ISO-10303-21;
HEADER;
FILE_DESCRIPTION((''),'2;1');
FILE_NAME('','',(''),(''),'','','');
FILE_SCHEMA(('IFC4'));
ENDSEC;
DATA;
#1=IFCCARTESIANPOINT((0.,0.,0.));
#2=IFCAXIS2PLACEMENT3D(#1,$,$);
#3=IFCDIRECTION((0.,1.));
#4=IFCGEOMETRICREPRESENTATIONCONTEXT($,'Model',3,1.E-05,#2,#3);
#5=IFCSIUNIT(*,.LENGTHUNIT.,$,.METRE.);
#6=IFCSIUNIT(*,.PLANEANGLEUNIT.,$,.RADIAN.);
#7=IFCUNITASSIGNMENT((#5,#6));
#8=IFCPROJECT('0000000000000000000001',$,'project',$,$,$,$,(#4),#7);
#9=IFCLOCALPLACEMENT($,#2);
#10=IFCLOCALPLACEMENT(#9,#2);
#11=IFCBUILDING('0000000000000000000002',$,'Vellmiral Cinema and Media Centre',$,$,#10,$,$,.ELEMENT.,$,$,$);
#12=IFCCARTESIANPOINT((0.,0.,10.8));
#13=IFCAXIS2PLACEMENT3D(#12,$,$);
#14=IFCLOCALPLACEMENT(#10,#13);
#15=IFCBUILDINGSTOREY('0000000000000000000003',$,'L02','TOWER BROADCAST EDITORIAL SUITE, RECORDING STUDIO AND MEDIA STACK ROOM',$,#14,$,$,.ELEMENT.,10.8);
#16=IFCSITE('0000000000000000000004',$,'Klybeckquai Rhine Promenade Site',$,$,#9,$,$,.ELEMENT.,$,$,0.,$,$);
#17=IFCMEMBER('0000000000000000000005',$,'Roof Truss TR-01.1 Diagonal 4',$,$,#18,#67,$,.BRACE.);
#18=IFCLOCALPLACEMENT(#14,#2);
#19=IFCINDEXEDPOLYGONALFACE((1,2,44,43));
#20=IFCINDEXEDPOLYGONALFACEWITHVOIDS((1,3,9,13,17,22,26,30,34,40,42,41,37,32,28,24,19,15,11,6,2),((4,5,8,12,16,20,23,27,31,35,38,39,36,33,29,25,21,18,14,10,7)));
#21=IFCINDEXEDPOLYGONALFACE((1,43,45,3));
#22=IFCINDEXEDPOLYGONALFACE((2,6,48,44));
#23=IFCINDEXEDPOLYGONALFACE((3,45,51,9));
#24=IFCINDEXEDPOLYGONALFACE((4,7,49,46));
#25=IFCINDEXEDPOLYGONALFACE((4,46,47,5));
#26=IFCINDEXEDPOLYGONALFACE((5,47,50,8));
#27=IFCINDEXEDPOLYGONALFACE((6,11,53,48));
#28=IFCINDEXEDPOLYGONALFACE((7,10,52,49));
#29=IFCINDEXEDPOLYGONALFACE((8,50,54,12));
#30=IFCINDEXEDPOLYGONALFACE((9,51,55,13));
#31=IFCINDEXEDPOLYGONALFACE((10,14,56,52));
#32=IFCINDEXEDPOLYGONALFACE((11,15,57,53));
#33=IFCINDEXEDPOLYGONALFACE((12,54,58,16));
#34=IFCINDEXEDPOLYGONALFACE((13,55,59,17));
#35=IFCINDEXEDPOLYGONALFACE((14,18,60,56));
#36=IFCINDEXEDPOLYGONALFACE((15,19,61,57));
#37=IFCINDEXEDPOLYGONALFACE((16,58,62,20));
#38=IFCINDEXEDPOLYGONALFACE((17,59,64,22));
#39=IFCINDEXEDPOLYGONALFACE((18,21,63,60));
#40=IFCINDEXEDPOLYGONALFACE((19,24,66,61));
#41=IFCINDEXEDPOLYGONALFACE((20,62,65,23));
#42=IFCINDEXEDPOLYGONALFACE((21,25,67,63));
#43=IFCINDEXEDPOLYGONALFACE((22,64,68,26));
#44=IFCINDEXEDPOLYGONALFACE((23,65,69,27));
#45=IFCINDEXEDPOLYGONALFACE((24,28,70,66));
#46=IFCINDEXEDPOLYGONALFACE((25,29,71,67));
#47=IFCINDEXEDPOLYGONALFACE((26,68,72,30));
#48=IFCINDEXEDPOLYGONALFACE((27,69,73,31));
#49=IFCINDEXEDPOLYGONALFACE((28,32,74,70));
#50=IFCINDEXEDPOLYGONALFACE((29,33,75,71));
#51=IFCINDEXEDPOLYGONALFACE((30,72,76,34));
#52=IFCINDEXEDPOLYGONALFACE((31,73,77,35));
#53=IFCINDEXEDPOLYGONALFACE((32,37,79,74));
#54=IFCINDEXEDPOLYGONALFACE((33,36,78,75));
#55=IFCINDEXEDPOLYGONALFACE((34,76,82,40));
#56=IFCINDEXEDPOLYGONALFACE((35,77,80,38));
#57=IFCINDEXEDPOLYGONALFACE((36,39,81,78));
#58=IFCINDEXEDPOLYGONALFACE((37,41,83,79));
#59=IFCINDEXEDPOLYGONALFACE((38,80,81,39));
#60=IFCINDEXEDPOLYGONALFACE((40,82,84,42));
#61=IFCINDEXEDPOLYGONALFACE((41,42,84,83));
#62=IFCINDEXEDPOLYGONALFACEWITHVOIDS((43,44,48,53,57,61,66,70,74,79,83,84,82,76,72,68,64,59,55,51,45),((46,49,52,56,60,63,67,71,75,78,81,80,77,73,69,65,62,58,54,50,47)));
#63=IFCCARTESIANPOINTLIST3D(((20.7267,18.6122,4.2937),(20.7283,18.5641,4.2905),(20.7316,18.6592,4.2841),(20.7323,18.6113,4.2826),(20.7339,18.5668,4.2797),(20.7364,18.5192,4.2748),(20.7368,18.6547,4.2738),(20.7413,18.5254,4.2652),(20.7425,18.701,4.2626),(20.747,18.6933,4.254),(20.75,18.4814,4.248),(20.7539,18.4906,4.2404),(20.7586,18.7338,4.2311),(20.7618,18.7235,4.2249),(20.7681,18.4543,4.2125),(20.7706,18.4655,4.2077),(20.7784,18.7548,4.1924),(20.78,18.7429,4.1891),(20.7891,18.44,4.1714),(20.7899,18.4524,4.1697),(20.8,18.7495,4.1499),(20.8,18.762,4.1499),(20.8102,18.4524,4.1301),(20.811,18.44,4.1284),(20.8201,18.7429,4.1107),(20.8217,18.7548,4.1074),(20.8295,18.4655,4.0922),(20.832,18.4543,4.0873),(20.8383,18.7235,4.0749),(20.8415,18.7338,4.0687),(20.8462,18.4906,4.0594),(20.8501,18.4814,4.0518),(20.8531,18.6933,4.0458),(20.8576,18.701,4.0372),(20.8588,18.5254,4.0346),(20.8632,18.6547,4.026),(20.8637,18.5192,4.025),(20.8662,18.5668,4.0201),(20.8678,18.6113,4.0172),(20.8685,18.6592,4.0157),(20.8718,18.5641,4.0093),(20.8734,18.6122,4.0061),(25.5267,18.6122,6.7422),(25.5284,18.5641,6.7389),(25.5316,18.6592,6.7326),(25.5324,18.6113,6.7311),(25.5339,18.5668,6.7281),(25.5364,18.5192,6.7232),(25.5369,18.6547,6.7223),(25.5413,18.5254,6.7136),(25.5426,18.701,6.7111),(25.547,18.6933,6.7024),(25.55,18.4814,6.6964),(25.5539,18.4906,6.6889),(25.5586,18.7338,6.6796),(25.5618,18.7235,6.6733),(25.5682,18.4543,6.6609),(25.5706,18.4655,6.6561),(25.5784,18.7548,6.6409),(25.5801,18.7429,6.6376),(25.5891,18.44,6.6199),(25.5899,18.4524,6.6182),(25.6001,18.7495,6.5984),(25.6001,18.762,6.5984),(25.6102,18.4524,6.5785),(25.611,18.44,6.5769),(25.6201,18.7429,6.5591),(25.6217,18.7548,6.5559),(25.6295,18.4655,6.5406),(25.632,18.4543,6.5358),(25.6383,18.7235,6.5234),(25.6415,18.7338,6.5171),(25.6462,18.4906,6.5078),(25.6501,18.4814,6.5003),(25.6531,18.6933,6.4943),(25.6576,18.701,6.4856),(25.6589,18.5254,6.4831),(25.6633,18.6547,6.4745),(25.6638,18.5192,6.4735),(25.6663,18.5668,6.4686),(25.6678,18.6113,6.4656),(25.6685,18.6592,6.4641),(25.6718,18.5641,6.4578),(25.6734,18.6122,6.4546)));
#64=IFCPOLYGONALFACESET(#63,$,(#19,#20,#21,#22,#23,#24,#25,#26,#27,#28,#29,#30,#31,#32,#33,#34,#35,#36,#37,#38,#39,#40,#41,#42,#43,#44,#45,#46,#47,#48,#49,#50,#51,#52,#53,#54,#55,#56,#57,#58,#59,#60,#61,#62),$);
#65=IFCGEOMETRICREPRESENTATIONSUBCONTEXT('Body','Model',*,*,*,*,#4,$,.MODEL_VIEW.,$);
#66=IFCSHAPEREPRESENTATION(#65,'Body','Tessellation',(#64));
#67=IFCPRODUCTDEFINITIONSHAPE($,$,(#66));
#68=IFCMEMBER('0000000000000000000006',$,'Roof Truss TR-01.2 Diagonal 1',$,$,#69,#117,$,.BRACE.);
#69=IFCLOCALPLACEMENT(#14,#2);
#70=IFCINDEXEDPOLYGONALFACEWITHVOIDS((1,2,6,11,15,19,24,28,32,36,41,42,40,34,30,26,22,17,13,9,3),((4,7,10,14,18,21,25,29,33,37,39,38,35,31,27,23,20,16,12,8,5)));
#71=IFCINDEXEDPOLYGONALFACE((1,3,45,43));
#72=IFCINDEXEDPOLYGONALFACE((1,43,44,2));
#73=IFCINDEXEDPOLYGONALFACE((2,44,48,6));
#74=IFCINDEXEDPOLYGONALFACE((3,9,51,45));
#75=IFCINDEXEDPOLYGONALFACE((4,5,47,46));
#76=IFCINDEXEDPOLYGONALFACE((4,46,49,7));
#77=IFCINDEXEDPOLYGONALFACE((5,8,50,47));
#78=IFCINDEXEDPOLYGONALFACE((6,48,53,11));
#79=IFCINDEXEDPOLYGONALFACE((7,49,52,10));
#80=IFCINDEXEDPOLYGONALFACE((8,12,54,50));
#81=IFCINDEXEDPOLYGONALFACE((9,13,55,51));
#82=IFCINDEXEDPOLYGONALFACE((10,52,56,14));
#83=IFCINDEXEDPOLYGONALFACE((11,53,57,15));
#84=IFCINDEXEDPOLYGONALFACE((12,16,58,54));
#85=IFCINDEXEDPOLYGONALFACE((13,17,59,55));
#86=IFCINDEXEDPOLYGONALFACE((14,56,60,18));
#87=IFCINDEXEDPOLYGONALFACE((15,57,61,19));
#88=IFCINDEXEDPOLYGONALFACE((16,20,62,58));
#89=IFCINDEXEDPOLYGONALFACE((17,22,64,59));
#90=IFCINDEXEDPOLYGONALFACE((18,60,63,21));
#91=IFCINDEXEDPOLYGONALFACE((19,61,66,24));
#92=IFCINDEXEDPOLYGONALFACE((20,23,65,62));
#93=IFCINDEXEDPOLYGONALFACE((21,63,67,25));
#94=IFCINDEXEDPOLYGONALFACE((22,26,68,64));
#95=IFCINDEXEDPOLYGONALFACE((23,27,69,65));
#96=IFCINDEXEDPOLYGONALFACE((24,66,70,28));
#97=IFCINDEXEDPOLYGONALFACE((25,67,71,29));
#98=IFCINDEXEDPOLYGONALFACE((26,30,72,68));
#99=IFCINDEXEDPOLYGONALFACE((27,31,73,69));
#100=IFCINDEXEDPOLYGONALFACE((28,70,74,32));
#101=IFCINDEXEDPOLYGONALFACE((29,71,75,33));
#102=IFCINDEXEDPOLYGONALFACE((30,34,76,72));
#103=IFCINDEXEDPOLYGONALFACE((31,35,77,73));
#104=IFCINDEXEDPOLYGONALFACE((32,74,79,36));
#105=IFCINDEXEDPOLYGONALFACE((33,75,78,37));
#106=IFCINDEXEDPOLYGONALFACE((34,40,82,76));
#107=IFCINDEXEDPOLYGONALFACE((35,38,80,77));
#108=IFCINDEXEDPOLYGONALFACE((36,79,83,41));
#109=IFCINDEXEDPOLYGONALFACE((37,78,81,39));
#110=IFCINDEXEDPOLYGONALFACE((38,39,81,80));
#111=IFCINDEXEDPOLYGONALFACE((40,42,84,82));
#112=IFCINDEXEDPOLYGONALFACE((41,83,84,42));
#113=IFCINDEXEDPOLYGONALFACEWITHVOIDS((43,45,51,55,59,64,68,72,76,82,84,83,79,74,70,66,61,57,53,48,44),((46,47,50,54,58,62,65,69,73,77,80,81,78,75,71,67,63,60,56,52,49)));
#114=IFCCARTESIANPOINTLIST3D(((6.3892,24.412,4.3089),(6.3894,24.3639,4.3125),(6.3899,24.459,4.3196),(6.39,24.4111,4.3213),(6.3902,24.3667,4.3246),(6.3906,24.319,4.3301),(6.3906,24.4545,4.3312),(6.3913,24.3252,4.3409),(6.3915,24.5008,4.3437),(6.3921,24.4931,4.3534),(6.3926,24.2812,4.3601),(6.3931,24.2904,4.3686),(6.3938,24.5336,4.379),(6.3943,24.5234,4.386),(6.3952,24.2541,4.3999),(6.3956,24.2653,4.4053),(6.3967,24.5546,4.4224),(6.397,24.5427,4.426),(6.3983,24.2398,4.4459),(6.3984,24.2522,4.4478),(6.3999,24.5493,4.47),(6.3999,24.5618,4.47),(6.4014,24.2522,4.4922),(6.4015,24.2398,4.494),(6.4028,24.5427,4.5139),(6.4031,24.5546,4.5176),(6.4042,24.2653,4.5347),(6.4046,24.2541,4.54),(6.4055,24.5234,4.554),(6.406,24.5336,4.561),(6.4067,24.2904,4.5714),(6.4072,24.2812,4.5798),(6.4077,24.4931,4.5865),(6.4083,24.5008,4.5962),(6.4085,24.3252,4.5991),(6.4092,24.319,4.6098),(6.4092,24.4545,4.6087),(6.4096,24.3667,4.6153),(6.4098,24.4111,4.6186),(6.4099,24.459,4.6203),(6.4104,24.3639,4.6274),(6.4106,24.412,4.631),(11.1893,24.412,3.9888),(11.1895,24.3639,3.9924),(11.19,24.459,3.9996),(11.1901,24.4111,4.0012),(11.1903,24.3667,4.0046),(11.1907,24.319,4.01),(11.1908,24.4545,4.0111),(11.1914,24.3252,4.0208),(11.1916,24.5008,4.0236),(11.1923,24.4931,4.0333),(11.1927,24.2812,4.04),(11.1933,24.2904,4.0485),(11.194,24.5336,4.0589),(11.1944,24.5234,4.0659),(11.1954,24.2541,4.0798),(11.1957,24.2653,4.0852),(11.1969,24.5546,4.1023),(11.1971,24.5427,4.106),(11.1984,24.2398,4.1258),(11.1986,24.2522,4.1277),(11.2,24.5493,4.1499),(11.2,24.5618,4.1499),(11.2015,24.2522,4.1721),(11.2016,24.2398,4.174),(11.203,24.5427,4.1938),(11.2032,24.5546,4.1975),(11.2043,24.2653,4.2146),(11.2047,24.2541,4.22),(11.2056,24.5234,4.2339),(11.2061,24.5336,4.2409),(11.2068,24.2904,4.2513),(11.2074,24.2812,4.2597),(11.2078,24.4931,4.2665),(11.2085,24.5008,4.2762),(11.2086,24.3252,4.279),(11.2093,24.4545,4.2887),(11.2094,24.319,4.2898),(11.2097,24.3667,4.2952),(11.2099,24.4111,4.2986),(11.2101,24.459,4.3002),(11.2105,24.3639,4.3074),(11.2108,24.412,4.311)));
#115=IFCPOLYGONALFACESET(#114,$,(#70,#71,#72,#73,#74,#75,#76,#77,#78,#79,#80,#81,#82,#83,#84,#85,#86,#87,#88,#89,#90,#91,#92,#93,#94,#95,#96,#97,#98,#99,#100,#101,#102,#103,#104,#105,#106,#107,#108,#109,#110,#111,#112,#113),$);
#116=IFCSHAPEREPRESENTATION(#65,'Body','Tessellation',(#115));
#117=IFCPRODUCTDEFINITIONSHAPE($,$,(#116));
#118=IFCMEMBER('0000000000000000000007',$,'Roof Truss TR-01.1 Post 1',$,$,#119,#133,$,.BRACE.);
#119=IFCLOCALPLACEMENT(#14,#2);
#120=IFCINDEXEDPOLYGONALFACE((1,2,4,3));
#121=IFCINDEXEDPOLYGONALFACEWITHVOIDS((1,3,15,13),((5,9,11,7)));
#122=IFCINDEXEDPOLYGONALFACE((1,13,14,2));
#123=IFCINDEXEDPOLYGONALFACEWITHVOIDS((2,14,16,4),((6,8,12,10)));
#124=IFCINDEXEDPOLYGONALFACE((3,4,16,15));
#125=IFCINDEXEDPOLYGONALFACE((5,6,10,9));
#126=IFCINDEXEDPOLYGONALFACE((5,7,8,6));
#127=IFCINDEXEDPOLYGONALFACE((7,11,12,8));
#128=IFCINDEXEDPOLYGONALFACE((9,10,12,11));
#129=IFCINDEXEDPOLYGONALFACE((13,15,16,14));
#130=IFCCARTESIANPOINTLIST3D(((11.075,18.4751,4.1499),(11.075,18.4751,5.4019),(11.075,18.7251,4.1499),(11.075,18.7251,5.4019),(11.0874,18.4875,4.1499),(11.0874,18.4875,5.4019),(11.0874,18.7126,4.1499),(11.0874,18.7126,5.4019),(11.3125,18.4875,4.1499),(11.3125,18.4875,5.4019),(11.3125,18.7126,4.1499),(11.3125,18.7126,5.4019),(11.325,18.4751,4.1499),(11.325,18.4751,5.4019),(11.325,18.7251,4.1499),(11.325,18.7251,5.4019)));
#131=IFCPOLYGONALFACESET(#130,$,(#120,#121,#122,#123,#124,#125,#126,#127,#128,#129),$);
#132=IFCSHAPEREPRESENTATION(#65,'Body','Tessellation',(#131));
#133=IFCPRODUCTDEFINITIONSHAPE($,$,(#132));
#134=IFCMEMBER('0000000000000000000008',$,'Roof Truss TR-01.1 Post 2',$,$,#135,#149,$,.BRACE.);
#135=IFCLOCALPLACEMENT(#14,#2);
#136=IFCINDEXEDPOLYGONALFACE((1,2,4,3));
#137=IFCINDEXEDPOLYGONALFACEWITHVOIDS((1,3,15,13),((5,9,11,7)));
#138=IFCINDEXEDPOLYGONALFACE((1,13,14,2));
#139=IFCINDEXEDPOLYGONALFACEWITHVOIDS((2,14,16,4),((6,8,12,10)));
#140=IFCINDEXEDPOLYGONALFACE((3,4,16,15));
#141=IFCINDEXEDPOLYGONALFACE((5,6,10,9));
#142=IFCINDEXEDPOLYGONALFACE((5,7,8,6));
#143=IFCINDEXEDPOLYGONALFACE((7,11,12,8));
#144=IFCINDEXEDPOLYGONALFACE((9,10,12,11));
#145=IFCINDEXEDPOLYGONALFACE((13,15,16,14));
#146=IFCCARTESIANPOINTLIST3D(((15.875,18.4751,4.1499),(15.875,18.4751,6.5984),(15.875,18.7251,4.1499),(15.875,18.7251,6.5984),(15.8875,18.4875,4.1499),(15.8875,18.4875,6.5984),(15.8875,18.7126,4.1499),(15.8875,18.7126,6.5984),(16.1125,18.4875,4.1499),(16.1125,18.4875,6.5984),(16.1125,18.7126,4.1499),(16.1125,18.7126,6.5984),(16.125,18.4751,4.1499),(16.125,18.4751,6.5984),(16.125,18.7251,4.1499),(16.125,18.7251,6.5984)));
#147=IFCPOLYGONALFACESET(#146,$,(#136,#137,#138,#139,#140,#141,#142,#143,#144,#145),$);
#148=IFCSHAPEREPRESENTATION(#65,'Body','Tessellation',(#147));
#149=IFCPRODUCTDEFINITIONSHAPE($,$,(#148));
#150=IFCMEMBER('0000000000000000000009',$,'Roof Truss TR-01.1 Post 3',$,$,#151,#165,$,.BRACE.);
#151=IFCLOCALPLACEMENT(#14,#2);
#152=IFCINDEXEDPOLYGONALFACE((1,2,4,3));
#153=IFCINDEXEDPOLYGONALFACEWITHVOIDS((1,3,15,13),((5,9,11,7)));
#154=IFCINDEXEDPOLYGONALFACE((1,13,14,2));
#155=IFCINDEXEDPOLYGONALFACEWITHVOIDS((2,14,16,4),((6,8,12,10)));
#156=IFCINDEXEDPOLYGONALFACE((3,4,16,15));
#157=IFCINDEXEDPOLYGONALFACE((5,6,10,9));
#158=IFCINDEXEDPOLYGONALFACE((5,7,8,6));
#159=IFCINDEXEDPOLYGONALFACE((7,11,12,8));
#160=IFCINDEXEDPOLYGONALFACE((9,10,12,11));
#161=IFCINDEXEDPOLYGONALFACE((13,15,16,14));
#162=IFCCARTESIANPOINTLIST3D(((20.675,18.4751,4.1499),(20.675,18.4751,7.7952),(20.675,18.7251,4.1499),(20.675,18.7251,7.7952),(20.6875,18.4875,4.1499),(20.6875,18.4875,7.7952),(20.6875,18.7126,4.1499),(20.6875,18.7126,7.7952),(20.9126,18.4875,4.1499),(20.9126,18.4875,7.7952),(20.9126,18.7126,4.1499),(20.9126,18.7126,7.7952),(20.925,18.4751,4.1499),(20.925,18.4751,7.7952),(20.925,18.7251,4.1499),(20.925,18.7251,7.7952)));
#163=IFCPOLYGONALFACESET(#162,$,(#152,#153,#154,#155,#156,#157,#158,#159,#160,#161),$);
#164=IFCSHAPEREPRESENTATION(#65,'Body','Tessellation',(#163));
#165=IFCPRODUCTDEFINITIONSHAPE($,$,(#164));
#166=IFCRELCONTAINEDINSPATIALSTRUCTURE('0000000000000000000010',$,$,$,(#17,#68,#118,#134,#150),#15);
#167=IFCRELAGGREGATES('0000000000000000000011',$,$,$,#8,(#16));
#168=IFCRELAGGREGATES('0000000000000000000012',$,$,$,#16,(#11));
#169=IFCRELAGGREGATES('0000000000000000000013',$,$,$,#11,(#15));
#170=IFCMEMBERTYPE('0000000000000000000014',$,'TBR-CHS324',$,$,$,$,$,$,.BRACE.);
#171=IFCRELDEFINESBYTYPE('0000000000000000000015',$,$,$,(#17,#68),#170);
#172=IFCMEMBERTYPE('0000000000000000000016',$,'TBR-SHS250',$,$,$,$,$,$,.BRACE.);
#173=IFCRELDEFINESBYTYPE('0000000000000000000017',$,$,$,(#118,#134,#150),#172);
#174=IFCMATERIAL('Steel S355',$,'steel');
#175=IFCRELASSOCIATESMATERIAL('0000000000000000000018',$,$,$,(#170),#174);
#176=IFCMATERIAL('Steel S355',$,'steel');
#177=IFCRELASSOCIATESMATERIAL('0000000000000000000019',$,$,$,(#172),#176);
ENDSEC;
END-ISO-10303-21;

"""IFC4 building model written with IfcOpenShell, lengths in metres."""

from ifc_helpers import new_model, si_unit, direction, frame, origin, origin_2d, place, context, subcontext, project, spatial, hollow_rectangle, hollow_circle, extrude, material, material_profile, profile_set, type_object, element, save


model = new_model("IFC4")

# Units and contexts
model_context = context("Model", 3, precision=1e-05, world=origin(), true_north=direction((0.0, 1.0)))
body_context = subcontext(model_context, "Body", "Model", "MODEL_VIEW")
ifc_project = project(units=[si_unit("LENGTHUNIT", "METRE"), si_unit("PLANEANGLEUNIT", "RADIAN")], contexts=[model_context])

# Site, building, storey
site_placement = place(None, origin())
site = spatial("IfcSite", under=ifc_project, at=site_placement, Name="Klybeckquai Rhine Promenade Site", CompositionType="ELEMENT", RefElevation=0.0)
building_placement = place(site_placement, origin())
building = spatial("IfcBuilding", under=site, at=building_placement, Name="Vellmiral Cinema and Media Centre", CompositionType="ELEMENT")
storey_placement = place(building_placement, frame((0.0, 0.0, 10.8)))
storey = spatial("IfcBuildingStorey", under=building, at=storey_placement, Name="L02", Description="TOWER BROADCAST EDITORIAL SUITE, RECORDING STUDIO AND MEDIA STACK ROOM", CompositionType="ELEMENT", Elevation=10.8)

# Members
ifc_material_1 = material(Name="Steel S355", Category="steel")
ifc_material_profile_1 = material_profile(ifc_material_1, hollow_circle(Radius=0.1619, WallThickness=0.0125, at=origin_2d()), Name="CHS 323.9x12.5")
ifc_profile_set_1 = profile_set([ifc_material_profile_1], Name="Steel S355")
member_type_1 = type_object("IfcMemberType", Name="TBR-CHS324", PredefinedType="BRACE", material=ifc_profile_set_1)
for number, where, z_axis, x_axis, name in (
    (1, (20.8, 18.6001, 4.1499), (0.890801, 0.0, 0.454394), (0.0, 1.0, 0.0), "Roof Truss TR-01.1 Diagonal 4"),
):
    element("IfcMember", number, at=place(storey_placement, frame(where, z_axis=z_axis, x_axis=x_axis)), inside=storey, type_object=member_type_1, Name=name, PredefinedType="BRACE", context=body_context, shape_type="SweptSolid", body=[
        extrude(hollow_circle(Radius=0.1619, WallThickness=0.0125, at=origin_2d()), origin(), (0.0, 0.0, 1.0), 5.3884),
    ])
member_1_placement = place(storey_placement, frame((6.3999, 24.3999, 4.47), z_axis=(0.997784, 0.0, -0.066532), x_axis=(0.0, 1.0, 0.0)))
element("IfcMember", 2, at=member_1_placement, inside=storey, type_object=member_type_1, Name="Roof Truss TR-01.2 Diagonal 1", PredefinedType="BRACE", context=body_context, shape_type="SweptSolid", body=[
    extrude(hollow_circle(Radius=0.1619, WallThickness=0.0125, at=origin_2d()), origin(), (0.0, 0.0, 1.0), 4.8108),
])
ifc_material_2 = material(Name="Steel S355", Category="steel")
ifc_material_profile_2 = material_profile(ifc_material_2, hollow_rectangle(XDim=0.25, YDim=0.25, WallThickness=0.0125, at=origin_2d()), Name="SHS 250x250x12.5")
ifc_profile_set_2 = profile_set([ifc_material_profile_2], Name="Steel S355")
member_type_2 = type_object("IfcMemberType", Name="TBR-SHS250", PredefinedType="BRACE", material=ifc_profile_set_2)
member_2_placement = place(storey_placement, frame((11.2, 18.6001, 4.1499), z_axis=(0.0, 0.0, 1.0), x_axis=(1.0, 0.0, 0.0)))
element("IfcMember", 3, at=member_2_placement, inside=storey, type_object=member_type_2, Name="Roof Truss TR-01.1 Post 1", PredefinedType="BRACE", context=body_context, shape_type="SweptSolid", body=[
    extrude(hollow_rectangle(XDim=0.25, YDim=0.25, WallThickness=0.0125, at=origin_2d()), origin(), (0.0, 0.0, 1.0), 1.252),
])
member_3_placement = place(storey_placement, frame((16.0, 18.6001, 4.1499), z_axis=(0.0, 0.0, 1.0), x_axis=(1.0, 0.0, 0.0)))
element("IfcMember", 4, at=member_3_placement, inside=storey, type_object=member_type_2, Name="Roof Truss TR-01.1 Post 2", PredefinedType="BRACE", context=body_context, shape_type="SweptSolid", body=[
    extrude(hollow_rectangle(XDim=0.25, YDim=0.25, WallThickness=0.0125, at=origin_2d()), origin(), (0.0, 0.0, 1.0), 2.4485),
])
member_4_placement = place(storey_placement, frame((20.8, 18.6001, 4.1499), z_axis=(0.0, 0.0, 1.0), x_axis=(1.0, 0.0, 0.0)))
element("IfcMember", 5, at=member_4_placement, inside=storey, type_object=member_type_2, Name="Roof Truss TR-01.1 Post 3", PredefinedType="BRACE", context=body_context, shape_type="SweptSolid", body=[
    extrude(hollow_rectangle(XDim=0.25, YDim=0.25, WallThickness=0.0125, at=origin_2d()), origin(), (0.0, 0.0, 1.0), 3.6453),
])

save(model, "model.ifc")
